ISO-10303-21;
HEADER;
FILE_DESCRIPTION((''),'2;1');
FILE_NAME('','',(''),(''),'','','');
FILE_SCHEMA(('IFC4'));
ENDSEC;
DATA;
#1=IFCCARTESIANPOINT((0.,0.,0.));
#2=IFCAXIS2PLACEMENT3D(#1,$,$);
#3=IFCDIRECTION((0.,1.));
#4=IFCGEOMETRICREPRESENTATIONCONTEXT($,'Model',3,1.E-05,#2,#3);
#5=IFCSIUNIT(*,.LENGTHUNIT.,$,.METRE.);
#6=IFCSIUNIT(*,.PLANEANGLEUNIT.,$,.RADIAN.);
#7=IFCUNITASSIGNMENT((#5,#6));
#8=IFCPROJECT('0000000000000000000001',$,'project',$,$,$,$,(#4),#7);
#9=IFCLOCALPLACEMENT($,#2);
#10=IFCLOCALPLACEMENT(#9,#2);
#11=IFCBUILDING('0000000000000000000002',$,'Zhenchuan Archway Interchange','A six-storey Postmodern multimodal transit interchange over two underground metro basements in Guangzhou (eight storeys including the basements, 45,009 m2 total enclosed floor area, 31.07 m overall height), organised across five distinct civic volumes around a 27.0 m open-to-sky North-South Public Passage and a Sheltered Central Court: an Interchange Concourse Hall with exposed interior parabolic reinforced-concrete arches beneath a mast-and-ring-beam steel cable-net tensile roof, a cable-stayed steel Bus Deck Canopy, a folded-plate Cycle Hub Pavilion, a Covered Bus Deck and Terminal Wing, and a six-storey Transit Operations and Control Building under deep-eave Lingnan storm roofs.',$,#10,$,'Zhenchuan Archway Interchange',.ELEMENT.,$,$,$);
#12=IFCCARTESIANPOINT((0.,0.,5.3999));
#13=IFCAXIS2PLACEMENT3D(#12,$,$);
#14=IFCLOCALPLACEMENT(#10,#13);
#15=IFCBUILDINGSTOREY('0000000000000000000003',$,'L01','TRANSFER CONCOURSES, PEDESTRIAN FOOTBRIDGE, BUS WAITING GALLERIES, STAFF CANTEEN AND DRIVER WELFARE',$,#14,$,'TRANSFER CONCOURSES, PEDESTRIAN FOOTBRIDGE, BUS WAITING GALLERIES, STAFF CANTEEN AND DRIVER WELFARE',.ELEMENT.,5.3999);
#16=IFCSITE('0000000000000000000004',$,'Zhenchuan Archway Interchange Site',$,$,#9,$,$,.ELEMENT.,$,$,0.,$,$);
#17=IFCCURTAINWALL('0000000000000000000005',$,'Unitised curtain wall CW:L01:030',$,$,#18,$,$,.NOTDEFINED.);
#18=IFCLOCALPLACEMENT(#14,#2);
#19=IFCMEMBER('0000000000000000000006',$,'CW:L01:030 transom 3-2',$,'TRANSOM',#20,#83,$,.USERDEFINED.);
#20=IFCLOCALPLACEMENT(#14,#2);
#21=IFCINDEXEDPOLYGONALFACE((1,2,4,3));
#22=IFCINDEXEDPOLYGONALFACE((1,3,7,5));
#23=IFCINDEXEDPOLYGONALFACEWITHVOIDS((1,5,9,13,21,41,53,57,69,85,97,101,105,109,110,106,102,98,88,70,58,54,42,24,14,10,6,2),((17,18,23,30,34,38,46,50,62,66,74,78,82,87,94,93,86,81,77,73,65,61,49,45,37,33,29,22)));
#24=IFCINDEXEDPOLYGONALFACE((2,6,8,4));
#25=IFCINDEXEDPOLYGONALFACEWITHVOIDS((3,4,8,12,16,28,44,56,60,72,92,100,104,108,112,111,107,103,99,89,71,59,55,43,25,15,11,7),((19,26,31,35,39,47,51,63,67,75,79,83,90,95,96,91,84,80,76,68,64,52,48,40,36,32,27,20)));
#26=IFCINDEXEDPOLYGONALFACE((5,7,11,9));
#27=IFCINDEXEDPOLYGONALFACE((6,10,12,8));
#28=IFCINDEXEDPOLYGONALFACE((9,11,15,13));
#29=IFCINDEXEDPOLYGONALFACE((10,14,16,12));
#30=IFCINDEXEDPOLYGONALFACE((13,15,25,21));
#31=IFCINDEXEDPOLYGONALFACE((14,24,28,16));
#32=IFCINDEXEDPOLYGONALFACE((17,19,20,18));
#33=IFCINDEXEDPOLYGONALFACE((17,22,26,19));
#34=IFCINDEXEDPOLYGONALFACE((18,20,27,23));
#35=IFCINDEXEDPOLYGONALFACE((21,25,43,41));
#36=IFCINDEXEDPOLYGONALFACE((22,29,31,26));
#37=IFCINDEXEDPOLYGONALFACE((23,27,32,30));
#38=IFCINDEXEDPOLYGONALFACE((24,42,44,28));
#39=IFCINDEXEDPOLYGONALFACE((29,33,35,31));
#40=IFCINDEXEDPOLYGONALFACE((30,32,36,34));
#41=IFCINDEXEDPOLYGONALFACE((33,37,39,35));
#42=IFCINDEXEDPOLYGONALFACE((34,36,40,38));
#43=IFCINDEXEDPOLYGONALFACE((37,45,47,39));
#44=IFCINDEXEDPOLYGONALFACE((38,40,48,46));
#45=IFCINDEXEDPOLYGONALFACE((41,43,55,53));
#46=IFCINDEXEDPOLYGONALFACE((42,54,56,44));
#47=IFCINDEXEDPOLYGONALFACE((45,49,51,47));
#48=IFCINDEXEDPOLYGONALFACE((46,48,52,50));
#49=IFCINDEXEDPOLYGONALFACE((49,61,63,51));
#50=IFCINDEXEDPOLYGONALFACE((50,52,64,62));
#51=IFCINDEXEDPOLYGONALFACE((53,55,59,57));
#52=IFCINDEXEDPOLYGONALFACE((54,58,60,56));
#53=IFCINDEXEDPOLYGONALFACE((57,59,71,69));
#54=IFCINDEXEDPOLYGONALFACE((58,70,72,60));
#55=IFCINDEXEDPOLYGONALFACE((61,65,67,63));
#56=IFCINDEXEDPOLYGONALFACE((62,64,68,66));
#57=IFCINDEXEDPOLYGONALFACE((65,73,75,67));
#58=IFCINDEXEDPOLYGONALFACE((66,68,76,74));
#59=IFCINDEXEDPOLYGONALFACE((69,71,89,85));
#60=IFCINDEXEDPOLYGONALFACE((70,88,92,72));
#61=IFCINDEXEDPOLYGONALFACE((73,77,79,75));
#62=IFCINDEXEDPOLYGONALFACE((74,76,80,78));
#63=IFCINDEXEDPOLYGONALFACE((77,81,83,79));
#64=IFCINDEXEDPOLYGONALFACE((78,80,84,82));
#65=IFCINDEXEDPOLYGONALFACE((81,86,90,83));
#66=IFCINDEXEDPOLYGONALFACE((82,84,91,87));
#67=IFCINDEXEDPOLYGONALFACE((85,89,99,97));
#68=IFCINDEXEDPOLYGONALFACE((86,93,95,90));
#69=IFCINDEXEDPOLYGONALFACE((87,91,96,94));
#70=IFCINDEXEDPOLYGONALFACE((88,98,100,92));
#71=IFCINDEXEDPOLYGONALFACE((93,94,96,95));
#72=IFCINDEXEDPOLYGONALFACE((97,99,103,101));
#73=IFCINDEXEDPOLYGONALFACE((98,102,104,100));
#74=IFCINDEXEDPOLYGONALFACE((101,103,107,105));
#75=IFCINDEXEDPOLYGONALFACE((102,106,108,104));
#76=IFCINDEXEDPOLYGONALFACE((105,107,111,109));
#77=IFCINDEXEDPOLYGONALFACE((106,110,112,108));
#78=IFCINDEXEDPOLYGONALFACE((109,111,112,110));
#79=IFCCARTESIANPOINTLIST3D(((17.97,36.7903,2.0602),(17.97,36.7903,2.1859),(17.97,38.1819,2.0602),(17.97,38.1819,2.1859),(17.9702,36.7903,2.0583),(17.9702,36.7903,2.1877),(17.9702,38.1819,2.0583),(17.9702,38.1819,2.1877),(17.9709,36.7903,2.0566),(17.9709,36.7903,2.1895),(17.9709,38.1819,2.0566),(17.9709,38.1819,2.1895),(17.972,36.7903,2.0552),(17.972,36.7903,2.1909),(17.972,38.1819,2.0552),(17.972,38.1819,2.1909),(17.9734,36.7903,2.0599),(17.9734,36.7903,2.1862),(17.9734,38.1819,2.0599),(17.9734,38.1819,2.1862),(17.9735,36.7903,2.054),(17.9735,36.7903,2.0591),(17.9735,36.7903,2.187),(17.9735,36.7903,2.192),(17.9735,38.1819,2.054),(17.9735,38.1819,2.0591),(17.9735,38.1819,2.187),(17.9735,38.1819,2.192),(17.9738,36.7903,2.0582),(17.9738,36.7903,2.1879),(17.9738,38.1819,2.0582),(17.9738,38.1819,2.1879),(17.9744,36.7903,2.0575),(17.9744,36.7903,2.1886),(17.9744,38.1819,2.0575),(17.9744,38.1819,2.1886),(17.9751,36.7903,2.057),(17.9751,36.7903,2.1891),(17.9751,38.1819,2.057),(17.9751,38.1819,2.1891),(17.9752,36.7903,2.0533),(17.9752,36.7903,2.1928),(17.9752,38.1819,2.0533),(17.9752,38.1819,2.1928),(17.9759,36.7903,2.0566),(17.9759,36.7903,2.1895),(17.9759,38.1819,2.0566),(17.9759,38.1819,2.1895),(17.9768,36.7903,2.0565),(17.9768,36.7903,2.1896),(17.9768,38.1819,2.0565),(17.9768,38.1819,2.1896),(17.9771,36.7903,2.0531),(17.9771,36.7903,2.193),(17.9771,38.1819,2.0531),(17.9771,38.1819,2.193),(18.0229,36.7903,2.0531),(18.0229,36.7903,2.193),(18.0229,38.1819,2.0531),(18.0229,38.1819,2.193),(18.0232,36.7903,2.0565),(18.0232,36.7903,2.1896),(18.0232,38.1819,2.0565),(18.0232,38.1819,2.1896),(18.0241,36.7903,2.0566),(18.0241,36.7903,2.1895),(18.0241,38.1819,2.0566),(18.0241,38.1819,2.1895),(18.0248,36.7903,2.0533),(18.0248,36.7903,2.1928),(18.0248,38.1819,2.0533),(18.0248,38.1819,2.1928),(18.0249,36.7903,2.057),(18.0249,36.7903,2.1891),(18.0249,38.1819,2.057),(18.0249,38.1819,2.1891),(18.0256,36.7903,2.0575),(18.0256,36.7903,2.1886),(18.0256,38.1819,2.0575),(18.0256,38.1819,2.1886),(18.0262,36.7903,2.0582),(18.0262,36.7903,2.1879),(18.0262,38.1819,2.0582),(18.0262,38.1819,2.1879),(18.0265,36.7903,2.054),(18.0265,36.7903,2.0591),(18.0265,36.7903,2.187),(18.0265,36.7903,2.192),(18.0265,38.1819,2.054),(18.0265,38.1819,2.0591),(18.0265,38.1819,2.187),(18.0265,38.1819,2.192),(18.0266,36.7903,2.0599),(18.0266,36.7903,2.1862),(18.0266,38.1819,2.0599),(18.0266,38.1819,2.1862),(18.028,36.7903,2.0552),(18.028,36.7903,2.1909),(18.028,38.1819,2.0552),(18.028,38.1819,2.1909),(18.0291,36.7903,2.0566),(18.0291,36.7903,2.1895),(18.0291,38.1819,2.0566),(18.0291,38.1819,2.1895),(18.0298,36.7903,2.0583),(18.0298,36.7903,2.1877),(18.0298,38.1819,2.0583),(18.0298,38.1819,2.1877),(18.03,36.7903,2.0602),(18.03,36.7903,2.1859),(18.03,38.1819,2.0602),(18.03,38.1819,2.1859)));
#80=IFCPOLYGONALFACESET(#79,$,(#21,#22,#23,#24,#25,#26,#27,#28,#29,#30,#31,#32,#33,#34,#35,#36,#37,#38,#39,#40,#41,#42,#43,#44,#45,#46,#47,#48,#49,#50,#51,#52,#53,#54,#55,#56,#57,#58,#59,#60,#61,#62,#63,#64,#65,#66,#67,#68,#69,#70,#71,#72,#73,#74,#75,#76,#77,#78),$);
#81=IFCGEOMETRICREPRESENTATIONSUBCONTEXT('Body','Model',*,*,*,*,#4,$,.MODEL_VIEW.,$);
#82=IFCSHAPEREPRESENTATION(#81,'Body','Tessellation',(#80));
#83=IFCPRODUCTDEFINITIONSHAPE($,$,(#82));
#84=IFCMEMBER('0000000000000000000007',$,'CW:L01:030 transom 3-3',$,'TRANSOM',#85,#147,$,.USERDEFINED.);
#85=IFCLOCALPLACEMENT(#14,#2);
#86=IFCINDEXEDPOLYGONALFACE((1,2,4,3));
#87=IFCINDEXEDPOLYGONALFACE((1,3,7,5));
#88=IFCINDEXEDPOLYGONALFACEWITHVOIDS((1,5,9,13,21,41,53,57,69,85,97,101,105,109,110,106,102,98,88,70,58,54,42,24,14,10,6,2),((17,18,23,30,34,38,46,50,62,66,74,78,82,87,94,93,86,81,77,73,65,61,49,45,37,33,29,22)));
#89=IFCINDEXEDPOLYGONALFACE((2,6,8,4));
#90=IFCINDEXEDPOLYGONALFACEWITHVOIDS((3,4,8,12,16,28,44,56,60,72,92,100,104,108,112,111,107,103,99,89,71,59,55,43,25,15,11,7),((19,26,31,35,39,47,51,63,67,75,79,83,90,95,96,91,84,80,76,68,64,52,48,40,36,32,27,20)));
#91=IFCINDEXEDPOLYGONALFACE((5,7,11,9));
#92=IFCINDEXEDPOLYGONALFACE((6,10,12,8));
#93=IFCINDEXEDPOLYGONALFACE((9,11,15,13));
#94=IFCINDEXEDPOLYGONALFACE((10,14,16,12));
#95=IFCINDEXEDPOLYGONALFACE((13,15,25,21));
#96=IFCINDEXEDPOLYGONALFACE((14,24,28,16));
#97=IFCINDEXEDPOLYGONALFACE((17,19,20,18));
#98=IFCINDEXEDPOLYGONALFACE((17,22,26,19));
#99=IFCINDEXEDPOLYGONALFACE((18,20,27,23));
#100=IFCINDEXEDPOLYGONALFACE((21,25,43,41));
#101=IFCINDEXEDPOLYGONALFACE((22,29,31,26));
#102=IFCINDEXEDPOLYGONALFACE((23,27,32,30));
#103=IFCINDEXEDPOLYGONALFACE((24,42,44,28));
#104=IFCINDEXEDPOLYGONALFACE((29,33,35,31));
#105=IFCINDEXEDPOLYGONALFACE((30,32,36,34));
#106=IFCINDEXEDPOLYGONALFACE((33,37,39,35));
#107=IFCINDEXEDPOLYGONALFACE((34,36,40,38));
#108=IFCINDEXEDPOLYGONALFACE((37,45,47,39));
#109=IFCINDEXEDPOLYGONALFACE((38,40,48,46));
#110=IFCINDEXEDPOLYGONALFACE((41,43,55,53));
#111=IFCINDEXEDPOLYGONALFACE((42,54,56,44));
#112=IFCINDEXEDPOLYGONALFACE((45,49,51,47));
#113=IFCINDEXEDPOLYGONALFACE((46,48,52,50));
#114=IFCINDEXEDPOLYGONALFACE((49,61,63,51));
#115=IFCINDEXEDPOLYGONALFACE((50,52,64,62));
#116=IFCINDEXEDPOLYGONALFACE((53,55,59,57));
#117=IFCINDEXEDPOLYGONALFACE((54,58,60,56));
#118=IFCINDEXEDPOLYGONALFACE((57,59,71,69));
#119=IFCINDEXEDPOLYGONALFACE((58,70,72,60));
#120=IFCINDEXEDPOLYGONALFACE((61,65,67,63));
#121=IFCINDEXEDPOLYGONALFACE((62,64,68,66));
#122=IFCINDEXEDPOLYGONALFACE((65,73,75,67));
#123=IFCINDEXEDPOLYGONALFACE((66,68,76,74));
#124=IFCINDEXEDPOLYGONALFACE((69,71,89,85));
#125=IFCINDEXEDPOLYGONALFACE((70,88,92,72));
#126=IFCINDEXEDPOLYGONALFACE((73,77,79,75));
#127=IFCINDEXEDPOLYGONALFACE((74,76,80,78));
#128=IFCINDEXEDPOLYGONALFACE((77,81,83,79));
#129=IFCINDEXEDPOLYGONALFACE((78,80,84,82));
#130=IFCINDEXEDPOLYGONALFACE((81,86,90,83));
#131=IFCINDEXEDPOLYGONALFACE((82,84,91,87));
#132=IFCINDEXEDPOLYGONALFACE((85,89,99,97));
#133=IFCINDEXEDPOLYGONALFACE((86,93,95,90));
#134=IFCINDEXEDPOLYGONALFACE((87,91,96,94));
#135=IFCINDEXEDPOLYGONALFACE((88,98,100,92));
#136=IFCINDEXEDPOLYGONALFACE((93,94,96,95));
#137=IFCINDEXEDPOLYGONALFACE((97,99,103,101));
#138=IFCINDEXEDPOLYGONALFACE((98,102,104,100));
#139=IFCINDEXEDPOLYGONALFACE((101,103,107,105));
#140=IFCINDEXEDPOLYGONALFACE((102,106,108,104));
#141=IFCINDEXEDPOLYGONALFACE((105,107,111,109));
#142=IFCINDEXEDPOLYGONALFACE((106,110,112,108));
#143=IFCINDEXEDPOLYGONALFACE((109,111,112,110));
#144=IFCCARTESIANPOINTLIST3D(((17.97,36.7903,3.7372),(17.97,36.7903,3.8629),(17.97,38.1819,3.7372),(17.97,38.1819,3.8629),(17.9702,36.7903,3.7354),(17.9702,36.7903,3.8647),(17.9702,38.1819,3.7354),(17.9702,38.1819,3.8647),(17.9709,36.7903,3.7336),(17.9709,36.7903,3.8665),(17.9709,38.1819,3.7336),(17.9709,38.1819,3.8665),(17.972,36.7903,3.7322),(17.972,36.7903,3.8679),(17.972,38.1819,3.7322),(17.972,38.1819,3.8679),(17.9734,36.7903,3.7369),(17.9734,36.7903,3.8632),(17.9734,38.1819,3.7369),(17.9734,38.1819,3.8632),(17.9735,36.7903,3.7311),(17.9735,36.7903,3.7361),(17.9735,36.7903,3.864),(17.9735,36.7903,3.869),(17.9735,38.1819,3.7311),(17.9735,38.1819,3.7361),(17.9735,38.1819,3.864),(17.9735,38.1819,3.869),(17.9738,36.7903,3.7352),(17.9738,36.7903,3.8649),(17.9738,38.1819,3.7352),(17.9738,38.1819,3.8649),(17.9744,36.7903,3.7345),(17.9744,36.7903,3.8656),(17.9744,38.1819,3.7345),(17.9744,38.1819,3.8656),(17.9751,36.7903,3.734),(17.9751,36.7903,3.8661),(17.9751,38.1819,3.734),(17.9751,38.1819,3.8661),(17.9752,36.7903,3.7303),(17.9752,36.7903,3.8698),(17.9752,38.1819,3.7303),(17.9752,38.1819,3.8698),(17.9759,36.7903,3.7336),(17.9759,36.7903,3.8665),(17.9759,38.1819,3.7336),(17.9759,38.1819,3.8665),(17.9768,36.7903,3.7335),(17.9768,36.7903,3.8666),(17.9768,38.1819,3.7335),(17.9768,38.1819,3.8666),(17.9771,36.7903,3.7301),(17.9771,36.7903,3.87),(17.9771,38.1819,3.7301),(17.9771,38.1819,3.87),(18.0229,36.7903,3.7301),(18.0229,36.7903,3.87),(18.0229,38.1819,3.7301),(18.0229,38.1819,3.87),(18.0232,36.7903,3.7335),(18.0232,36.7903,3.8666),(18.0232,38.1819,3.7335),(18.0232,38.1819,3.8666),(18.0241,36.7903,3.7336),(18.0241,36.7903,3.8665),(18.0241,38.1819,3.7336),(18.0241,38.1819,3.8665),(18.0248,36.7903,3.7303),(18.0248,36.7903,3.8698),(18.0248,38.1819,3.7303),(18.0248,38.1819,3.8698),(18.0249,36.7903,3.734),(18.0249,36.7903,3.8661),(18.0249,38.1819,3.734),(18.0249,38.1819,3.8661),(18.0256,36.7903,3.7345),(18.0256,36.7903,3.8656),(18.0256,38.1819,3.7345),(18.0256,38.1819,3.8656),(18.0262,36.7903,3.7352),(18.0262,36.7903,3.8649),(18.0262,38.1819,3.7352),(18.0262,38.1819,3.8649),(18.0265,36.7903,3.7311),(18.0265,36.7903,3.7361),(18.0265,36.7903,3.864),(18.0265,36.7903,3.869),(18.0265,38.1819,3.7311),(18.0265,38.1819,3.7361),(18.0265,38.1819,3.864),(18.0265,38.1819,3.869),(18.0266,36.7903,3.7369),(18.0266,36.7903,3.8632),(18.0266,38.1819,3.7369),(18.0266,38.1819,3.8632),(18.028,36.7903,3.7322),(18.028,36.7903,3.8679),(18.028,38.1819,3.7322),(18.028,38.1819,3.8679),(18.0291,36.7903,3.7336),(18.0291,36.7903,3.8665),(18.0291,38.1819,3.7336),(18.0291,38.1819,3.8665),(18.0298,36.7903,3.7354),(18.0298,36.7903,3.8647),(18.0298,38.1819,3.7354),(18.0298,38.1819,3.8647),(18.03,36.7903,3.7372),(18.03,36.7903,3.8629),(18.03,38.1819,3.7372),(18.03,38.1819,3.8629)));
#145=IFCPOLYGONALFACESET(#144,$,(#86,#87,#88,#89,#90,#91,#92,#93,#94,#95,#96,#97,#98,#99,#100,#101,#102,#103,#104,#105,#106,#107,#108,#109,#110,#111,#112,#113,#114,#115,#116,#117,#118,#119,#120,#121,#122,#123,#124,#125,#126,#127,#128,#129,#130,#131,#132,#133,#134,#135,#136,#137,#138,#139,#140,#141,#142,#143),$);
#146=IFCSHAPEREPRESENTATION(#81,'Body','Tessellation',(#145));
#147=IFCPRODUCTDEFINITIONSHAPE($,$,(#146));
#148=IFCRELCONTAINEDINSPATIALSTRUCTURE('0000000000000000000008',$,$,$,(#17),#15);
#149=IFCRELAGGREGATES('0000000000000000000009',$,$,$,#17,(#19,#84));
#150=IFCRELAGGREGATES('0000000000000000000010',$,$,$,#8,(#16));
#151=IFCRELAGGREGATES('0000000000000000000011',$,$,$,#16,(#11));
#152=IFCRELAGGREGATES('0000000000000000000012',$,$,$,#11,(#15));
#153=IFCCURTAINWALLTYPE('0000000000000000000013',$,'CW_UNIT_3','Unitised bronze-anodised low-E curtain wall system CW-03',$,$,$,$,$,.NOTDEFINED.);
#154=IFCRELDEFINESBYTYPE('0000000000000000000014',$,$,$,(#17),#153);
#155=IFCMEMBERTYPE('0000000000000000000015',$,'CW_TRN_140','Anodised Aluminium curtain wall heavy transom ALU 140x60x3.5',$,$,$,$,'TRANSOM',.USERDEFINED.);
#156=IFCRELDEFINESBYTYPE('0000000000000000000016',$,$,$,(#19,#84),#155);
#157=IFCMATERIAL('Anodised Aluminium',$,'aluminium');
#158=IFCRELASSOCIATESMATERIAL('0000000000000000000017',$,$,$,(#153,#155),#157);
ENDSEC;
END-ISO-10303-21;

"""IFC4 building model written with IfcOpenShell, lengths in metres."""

from ifc_helpers import new_model, si_unit, direction, frame, origin, origin_2d, place, context, subcontext, project, spatial, hollow_rectangle, extrude, material, material_profile, profile_set, type_object, element, aggregate, save


model = new_model("IFC4")

# Units and contexts
model_context = context("Model", 3, precision=1e-05, world=origin(), true_north=direction((0.0, 1.0)))
body_context = subcontext(model_context, "Body", "Model", "MODEL_VIEW")
ifc_project = project(units=[si_unit("LENGTHUNIT", "METRE"), si_unit("PLANEANGLEUNIT", "RADIAN")], contexts=[model_context])

# Site, building, storey
site_placement = place(None, origin())
site = spatial("IfcSite", under=ifc_project, at=site_placement, Name="Zhenchuan Archway Interchange Site", CompositionType="ELEMENT", RefElevation=0.0)
building_placement = place(site_placement, origin())
building = spatial("IfcBuilding", under=site, at=building_placement, Name="Zhenchuan Archway Interchange", Description="A six-storey Postmodern multimodal transit interchange over two underground metro basements in Guangzhou (eight storeys including the basements, 45,009 m2 total enclosed floor area, 31.07 m overall height), organised across five distinct civic volumes around a 27.0 m open-to-sky North-South Public Passage and a Sheltered Central Court: an Interchange Concourse Hall with exposed interior parabolic reinforced-concrete arches beneath a mast-and-ring-beam steel cable-net tensile roof, a cable-stayed steel Bus Deck Canopy, a folded-plate Cycle Hub Pavilion, a Covered Bus Deck and Terminal Wing, and a six-storey Transit Operations and Control Building under deep-eave Lingnan storm roofs.", LongName="Zhenchuan Archway Interchange", CompositionType="ELEMENT")
storey_placement = place(building_placement, frame((0.0, 0.0, 5.3999)))
storey = spatial("IfcBuildingStorey", under=building, at=storey_placement, Name="L01", Description="TRANSFER CONCOURSES, PEDESTRIAN FOOTBRIDGE, BUS WAITING GALLERIES, STAFF CANTEEN AND DRIVER WELFARE", LongName="TRANSFER CONCOURSES, PEDESTRIAN FOOTBRIDGE, BUS WAITING GALLERIES, STAFF CANTEEN AND DRIVER WELFARE", CompositionType="ELEMENT", Elevation=5.3999)

# Curtain wall
ifc_material_1 = material(Name="Anodised Aluminium", Category="aluminium")
curtain_wall_type_1 = type_object("IfcCurtainWallType", Name="CW_UNIT_3", Description="Unitised bronze-anodised low-E curtain wall system CW-03", PredefinedType="NOTDEFINED", material=ifc_material_1)
curtain_wall_1_placement = place(storey_placement, origin())
curtain_wall_1 = element("IfcCurtainWall", 1, at=curtain_wall_1_placement, inside=storey, type_object=curtain_wall_type_1, Name="Unitised curtain wall CW:L01:030", PredefinedType="NOTDEFINED")

# Members
ifc_material_profile_1 = material_profile(ifc_material_1, hollow_rectangle(XDim=0.0601, YDim=0.1399, WallThickness=0.0034, InnerFilletRadius=0.0034, OuterFilletRadius=0.0071, at=origin_2d()), Name="ALU 140x60x3.5")
ifc_profile_set_1 = profile_set([ifc_material_profile_1], Name="Anodised Aluminium")
member_type_1 = type_object("IfcMemberType", Name="CW_TRN_140", Description="Anodised Aluminium curtain wall heavy transom ALU 140x60x3.5", ElementType="TRANSOM", PredefinedType="USERDEFINED", material=ifc_profile_set_1)
member_1_placement = place(storey_placement, frame((18.0, 36.7903, 2.123), z_axis=(0.0, 1.0, 0.0), x_axis=(-1.0, 0.0, 0.0)))
member_1 = element("IfcMember", 2, at=member_1_placement, type_object=member_type_1, Name="CW:L01:030 transom 3-2", ObjectType="TRANSOM", PredefinedType="USERDEFINED", context=body_context, shape_type="SweptSolid", body=[
    extrude(hollow_rectangle(XDim=0.0601, YDim=0.1399, WallThickness=0.0034, InnerFilletRadius=0.0034, OuterFilletRadius=0.0071, at=origin_2d()), origin(), (0.0, 0.0, 1.0), 1.3916),
])
member_2_placement = place(storey_placement, frame((18.0, 36.7903, 3.8), z_axis=(0.0, 1.0, 0.0), x_axis=(-1.0, 0.0, 0.0)))
member_2 = element("IfcMember", 3, at=member_2_placement, type_object=member_type_1, Name="CW:L01:030 transom 3-3", ObjectType="TRANSOM", PredefinedType="USERDEFINED", context=body_context, shape_type="SweptSolid", body=[
    extrude(hollow_rectangle(XDim=0.0601, YDim=0.1399, WallThickness=0.0034, InnerFilletRadius=0.0034, OuterFilletRadius=0.0071, at=origin_2d()), origin(), (0.0, 0.0, 1.0), 1.3916),
])

aggregate(curtain_wall_1, [member_1, member_2])

save(model, "model.ifc")
